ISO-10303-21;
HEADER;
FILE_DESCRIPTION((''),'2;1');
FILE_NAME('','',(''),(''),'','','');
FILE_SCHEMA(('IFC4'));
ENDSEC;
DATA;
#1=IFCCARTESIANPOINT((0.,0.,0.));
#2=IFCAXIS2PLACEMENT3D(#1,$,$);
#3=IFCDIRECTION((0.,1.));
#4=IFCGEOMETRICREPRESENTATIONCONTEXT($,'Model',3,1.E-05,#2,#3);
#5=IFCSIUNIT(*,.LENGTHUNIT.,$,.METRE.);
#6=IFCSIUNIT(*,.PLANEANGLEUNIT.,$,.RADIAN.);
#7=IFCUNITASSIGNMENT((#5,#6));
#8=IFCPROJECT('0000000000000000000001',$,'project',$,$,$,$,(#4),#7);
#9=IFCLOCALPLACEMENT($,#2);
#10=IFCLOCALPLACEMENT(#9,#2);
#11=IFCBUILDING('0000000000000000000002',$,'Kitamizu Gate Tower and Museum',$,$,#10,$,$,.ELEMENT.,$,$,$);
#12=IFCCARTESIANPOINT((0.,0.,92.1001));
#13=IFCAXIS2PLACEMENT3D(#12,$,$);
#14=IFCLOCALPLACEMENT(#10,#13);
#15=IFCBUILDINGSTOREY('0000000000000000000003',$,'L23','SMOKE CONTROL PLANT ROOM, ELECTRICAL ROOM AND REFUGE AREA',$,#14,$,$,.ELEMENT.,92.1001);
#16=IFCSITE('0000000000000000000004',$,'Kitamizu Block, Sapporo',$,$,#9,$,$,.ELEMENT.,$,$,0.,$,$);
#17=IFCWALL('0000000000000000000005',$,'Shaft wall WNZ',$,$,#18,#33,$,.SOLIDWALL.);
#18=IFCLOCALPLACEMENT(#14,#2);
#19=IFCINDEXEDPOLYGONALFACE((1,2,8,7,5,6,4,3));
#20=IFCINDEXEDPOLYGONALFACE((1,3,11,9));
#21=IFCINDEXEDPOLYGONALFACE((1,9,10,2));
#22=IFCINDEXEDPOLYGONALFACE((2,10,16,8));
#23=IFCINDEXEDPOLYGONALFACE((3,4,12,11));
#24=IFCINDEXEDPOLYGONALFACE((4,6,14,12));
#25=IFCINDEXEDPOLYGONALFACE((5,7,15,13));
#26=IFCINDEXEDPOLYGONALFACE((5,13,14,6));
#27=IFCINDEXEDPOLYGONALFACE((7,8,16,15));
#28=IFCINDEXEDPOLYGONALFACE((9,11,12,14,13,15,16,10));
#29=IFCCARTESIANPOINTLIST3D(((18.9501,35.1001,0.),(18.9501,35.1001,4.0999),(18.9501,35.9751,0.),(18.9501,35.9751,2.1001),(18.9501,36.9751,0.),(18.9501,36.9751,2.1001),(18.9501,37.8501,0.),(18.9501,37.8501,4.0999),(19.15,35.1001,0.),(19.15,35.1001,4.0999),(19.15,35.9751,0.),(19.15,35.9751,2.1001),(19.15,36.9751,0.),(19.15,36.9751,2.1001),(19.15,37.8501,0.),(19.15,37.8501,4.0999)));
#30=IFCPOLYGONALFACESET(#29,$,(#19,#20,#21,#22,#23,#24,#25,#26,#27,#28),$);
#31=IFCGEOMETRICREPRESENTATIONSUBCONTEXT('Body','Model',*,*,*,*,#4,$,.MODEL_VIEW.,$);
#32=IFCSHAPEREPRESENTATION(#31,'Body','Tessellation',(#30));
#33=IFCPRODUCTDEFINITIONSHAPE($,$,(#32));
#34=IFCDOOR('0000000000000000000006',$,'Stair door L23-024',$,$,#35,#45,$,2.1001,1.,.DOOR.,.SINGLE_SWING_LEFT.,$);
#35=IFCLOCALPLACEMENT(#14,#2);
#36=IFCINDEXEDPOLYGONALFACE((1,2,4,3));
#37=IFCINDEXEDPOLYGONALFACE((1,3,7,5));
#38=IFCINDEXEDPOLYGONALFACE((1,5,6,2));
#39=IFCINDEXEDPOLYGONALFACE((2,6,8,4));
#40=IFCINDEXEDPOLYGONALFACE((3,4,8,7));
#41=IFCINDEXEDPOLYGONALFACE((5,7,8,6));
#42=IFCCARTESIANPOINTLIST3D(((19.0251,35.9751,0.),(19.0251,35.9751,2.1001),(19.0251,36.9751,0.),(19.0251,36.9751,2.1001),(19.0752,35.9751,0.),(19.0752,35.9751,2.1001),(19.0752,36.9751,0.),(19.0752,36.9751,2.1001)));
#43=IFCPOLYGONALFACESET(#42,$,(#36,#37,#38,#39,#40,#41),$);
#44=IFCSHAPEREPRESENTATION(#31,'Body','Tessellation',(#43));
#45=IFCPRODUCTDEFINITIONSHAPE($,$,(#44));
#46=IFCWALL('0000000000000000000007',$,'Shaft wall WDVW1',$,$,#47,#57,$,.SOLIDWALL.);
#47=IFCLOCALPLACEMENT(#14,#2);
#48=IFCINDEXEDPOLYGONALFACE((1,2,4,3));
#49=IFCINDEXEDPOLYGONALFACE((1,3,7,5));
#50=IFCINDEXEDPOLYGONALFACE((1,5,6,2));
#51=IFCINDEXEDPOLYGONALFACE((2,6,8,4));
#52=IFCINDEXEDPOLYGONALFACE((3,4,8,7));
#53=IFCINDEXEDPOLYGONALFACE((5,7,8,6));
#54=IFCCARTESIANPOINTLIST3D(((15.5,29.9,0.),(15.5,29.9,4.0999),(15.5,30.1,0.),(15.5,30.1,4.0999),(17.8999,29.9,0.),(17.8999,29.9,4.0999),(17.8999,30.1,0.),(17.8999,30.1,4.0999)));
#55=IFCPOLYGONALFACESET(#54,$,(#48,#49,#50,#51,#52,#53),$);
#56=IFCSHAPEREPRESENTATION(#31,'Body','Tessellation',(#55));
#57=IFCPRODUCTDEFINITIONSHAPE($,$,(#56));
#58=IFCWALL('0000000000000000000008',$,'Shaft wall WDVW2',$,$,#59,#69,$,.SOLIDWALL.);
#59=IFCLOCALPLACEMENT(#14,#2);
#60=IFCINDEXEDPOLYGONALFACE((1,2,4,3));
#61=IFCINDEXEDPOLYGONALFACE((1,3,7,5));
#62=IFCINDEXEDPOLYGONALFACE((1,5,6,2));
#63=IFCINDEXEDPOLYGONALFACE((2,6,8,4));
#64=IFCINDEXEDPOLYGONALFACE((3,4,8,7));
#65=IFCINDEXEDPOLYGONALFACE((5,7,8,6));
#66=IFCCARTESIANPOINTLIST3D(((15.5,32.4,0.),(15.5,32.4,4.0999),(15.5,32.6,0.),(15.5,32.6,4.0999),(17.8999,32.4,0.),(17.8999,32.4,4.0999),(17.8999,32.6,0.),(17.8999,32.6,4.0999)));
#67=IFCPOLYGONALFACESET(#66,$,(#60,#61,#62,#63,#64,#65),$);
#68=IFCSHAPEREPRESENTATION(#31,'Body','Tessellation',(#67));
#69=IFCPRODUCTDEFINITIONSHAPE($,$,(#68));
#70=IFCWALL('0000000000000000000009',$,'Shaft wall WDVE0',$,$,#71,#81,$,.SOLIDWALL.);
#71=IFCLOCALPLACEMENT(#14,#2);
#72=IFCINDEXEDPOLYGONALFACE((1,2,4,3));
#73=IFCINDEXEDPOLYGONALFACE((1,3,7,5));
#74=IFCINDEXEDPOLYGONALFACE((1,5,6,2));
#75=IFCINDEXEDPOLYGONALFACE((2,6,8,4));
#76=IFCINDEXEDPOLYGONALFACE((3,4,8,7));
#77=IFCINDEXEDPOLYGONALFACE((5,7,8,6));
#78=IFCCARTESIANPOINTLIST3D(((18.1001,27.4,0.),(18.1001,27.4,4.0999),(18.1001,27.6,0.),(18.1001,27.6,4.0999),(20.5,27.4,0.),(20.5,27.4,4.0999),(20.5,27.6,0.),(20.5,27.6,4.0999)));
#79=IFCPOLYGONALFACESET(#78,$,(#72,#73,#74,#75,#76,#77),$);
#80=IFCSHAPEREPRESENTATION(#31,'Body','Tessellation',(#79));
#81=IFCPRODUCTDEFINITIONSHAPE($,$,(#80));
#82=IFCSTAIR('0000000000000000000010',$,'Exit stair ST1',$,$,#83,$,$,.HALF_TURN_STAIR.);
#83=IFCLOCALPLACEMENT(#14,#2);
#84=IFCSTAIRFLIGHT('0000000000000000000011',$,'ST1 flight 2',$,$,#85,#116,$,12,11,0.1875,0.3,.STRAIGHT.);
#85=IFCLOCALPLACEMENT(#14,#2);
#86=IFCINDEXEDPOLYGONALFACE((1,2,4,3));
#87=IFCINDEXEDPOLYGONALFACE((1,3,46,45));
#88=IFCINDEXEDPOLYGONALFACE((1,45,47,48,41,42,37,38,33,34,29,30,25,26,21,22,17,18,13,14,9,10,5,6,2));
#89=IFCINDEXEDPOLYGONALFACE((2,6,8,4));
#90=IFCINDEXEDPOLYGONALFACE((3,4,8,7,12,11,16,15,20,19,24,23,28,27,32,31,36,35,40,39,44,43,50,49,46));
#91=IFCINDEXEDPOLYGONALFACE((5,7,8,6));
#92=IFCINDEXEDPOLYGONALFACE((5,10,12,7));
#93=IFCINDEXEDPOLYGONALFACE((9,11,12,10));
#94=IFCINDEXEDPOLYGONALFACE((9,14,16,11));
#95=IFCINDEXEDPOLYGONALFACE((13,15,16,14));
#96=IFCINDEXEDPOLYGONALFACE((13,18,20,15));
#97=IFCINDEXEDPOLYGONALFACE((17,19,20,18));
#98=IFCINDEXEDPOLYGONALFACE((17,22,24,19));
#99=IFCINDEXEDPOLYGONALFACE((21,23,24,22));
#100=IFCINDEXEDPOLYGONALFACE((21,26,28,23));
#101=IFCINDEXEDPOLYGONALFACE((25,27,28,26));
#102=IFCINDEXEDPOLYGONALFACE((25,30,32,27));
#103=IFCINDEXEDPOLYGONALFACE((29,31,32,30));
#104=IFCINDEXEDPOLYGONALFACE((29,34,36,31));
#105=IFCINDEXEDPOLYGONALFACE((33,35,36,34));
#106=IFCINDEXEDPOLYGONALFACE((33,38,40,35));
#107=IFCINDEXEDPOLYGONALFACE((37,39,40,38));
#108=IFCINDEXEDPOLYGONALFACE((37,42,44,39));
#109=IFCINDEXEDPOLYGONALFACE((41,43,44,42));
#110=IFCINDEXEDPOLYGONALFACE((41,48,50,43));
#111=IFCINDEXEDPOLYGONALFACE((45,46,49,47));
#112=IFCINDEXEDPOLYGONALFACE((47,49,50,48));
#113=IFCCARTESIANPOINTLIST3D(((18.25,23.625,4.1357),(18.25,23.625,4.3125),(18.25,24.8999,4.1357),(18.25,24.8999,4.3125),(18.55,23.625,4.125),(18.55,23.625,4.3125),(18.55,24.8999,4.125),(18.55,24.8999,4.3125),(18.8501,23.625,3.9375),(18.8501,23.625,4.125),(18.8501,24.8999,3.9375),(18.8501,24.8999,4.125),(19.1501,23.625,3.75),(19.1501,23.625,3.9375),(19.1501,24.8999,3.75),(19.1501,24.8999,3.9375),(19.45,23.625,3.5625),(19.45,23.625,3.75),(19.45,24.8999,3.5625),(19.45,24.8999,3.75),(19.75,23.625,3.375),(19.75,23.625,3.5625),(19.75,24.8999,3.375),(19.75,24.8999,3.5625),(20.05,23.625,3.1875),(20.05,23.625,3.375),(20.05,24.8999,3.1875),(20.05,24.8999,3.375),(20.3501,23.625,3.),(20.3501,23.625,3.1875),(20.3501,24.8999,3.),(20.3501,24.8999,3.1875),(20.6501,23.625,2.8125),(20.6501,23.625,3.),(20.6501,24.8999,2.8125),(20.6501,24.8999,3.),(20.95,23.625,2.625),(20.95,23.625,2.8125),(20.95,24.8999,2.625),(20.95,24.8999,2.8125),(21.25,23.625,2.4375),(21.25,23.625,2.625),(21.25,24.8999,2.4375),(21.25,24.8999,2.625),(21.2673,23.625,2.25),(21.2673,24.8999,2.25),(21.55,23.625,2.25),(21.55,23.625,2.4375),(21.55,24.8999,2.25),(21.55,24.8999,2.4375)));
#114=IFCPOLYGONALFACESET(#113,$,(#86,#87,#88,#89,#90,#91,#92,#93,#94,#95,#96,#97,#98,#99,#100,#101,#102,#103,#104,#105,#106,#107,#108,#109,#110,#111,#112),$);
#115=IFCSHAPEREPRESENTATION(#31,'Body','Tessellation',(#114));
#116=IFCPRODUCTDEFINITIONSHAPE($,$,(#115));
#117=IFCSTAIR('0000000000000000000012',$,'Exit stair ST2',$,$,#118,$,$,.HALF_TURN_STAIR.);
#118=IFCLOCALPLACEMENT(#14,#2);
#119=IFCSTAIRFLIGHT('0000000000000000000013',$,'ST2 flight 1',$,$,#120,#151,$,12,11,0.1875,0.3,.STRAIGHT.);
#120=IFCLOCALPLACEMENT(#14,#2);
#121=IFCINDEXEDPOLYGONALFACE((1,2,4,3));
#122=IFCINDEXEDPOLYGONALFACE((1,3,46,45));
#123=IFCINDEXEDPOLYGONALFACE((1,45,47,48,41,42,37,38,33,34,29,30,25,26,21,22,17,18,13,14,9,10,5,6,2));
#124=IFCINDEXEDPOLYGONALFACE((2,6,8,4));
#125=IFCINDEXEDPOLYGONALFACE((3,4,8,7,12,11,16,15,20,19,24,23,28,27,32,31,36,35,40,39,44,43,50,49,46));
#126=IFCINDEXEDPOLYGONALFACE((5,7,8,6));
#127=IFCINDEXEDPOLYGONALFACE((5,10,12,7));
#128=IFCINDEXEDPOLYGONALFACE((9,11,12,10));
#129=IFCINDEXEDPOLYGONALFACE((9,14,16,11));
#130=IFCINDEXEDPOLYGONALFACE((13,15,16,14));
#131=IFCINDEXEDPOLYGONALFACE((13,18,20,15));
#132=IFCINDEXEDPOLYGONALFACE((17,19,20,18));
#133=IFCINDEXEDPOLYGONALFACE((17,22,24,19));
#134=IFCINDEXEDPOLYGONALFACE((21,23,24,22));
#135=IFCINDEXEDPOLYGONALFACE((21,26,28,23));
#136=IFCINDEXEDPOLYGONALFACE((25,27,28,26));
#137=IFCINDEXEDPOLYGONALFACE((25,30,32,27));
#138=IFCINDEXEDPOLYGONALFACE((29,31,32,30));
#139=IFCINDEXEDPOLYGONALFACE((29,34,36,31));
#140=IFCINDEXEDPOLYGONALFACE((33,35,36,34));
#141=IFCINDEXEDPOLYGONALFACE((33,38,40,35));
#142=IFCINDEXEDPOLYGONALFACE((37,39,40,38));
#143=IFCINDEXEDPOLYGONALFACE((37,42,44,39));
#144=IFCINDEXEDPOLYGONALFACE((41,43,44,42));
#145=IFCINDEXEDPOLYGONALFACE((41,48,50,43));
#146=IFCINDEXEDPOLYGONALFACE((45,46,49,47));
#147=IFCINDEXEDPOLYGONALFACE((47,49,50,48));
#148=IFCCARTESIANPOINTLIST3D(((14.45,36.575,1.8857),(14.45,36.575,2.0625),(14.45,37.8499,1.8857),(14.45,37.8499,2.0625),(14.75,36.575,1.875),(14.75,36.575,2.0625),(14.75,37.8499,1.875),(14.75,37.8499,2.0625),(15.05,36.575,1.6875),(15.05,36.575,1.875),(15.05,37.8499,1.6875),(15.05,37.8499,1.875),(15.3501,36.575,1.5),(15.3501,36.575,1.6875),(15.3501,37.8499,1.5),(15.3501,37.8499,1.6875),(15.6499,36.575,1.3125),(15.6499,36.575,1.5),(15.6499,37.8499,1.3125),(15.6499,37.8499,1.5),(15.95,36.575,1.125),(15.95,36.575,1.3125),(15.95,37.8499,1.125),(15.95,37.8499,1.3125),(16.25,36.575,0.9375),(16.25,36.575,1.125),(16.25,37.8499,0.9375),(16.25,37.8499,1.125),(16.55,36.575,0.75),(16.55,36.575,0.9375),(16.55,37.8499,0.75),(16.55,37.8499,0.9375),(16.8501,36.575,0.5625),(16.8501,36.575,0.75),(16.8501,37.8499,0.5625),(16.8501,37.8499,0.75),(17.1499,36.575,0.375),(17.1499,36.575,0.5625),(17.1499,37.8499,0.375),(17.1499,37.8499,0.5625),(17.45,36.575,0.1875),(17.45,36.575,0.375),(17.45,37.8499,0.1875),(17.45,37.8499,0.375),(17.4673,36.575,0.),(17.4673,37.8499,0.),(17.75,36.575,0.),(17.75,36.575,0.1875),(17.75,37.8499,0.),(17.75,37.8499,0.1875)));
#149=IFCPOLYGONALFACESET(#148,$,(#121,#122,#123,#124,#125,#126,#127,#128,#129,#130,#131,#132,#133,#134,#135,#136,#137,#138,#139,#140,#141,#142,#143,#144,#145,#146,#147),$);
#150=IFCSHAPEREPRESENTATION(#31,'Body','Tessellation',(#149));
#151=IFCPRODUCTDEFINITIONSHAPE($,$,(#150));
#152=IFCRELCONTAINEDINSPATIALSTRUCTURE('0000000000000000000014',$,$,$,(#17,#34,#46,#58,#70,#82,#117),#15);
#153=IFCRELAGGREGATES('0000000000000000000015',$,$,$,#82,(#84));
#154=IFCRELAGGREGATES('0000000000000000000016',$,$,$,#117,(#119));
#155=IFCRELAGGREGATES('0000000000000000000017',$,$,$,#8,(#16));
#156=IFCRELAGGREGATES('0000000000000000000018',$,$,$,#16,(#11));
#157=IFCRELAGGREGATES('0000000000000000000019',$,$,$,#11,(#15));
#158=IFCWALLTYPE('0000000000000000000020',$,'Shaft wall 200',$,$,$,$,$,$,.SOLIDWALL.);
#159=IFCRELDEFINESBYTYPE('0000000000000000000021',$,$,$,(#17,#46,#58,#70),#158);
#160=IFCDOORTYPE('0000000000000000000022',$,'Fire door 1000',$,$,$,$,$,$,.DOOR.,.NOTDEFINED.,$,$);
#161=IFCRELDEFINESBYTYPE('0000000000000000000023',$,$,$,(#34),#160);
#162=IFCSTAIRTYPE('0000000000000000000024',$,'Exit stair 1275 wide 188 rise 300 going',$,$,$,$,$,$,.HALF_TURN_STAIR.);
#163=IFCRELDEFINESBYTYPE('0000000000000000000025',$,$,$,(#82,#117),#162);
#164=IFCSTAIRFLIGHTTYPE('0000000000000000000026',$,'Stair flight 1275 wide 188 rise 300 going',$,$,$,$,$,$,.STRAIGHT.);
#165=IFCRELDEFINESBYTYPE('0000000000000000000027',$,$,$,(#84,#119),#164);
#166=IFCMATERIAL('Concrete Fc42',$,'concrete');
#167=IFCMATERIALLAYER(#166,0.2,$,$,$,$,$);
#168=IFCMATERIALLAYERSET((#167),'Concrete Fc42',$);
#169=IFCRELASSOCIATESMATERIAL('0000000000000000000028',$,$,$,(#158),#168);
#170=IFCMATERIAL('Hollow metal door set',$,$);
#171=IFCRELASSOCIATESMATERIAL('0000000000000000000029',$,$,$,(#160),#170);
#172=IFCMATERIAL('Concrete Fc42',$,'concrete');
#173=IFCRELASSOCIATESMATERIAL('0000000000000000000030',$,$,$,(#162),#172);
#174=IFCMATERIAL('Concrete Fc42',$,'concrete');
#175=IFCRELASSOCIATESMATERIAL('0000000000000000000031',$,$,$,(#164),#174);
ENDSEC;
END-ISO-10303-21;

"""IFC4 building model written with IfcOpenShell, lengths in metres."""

from ifc_helpers import new_model, si_unit, direction, frame, frame_2d, origin, place, context, subcontext, project, spatial, polyline, rectangle, outline, extrude, material, layer, layer_set, type_object, element, fill, aggregate, save


model = new_model("IFC4")

# Units and contexts
model_context = context("Model", 3, precision=1e-05, world=origin(), true_north=direction((0.0, 1.0)))
body_context = subcontext(model_context, "Body", "Model", "MODEL_VIEW")
ifc_project = project(units=[si_unit("LENGTHUNIT", "METRE"), si_unit("PLANEANGLEUNIT", "RADIAN")], contexts=[model_context])

# Site, building, storey
site_placement = place(None, origin())
site = spatial("IfcSite", under=ifc_project, at=site_placement, Name="Kitamizu Block, Sapporo", CompositionType="ELEMENT", RefElevation=0.0)
building_placement = place(site_placement, origin())
building = spatial("IfcBuilding", under=site, at=building_placement, Name="Kitamizu Gate Tower and Museum", CompositionType="ELEMENT")
storey_placement = place(building_placement, frame((0.0, 0.0, 92.1001)))
storey = spatial("IfcBuildingStorey", under=building, at=storey_placement, Name="L23", Description="SMOKE CONTROL PLANT ROOM, ELECTRICAL ROOM AND REFUGE AREA", CompositionType="ELEMENT", Elevation=92.1001)

# Shared definitions
ifc_material_1 = material(Name="Concrete Fc42", Category="concrete")
ifc_layer_1 = layer(ifc_material_1, 0.2)
ifc_layer_set_1 = layer_set([ifc_layer_1], Name="Concrete Fc42")
wall_type_1 = type_object("IfcWallType", Name="Shaft wall 200", PredefinedType="SOLIDWALL", material=ifc_layer_set_1)
ifc_material_2 = material(Name="Hollow metal door set")
door_type_1 = type_object("IfcDoorType", Name="Fire door 1000", OperationType="NOTDEFINED", PredefinedType="DOOR", material=ifc_material_2)

# Wall, opening, door
wall_1_placement = place(storey_placement, frame((19.05, 35.1001, 0.0), z_axis=(0.0, 0.0, 1.0), x_axis=(0.0, 1.0, 0.0)))
wall_1 = element("IfcWall", 1, at=wall_1_placement, inside=storey, type_object=wall_type_1, Name="Shaft wall WNZ", PredefinedType="SOLIDWALL", context=body_context, shape_type="SweptSolid", body=[
    extrude(rectangle(XDim=2.75, YDim=0.2, at=frame_2d((1.375, 0.0))), origin(), (0.0, 0.0, 1.0), 4.0999),
])
opening_1_placement = place(wall_1_placement, frame((0.875, 0.0, 0.0)))
opening_1 = element("IfcOpeningElement", 2, at=opening_1_placement, cuts=wall_1, PredefinedType="OPENING", context=body_context, shape_type="SweptSolid", body=[
    extrude(rectangle(XDim=1.0, YDim=2.1001, at=frame_2d((0.5, 1.05))), frame((0.0, 0.1099, 0.0), z_axis=(0.0, -1.0, 0.0), x_axis=(1.0, 0.0, 0.0)), (0.0, 0.0, 1.0), 0.22),
])
door_1_placement = place(opening_1_placement, origin())
door_1 = element("IfcDoor", 3, at=door_1_placement, inside=storey, type_object=door_type_1, Name="Stair door L23-024", OperationType="SINGLE_SWING_LEFT", OverallHeight=2.1001, OverallWidth=1.0, PredefinedType="DOOR", context=body_context, shape_type="SweptSolid", body=[
    extrude(rectangle(XDim=1.0, YDim=2.1001, at=frame_2d((0.5, 1.05))), frame((0.0, 0.0249, 0.0), z_axis=(0.0, -1.0, 0.0), x_axis=(1.0, 0.0, 0.0)), (0.0, 0.0, 1.0), 0.05),
])
fill(opening_1, door_1)

# Walls
for number, where, z_axis, x_axis, name in (
    (4, (15.5, 30.0, 0.0), (0.0, 0.0, 1.0), (1.0, 0.0, 0.0), "Shaft wall WDVW1"),
    (5, (15.5, 32.5, 0.0), (0.0, 0.0, 1.0), (1.0, 0.0, 0.0), "Shaft wall WDVW2"),
    (6, (18.1001, 27.5, 0.0), (0.0, 0.0, 1.0), (1.0, 0.0, 0.0), "Shaft wall WDVE0"),
):
    element("IfcWall", number, at=place(storey_placement, frame(where, z_axis=z_axis, x_axis=x_axis)), inside=storey, type_object=wall_type_1, Name=name, PredefinedType="SOLIDWALL", context=body_context, shape_type="SweptSolid", body=[
        extrude(rectangle(XDim=2.3999, YDim=0.2, at=frame_2d((1.2, 0.0))), origin(), (0.0, 0.0, 1.0), 4.0999),
    ])

# Stairs, stair flights
ifc_material_3 = material(Name="Concrete Fc42", Category="concrete")
stair_type = type_object("IfcStairType", Name="Exit stair 1275 wide 188 rise 300 going", PredefinedType="HALF_TURN_STAIR", material=ifc_material_3)
stair_1_placement = place(storey_placement, origin())
stair_1 = element("IfcStair", 7, at=stair_1_placement, inside=storey, type_object=stair_type, Name="Exit stair ST1", PredefinedType="HALF_TURN_STAIR")
ifc_material_4 = material(Name="Concrete Fc42", Category="concrete")
stair_flight_type = type_object("IfcStairFlightType", Name="Stair flight 1275 wide 188 rise 300 going", PredefinedType="STRAIGHT", material=ifc_material_4)
stair_flight_1_placement = place(storey_placement, frame((21.55, 24.2625, 2.25), z_axis=(0.0, 0.0, 1.0), x_axis=(-1.0, 0.0, 0.0)))
stair_flight_1 = element("IfcStairFlight", 8, at=stair_flight_1_placement, type_object=stair_flight_type, Name="ST1 flight 2", NumberOfRisers=12, NumberOfTreads=11, PredefinedType="STRAIGHT", RiserHeight=0.1875, TreadLength=0.3, context=body_context, shape_type="SweptSolid", body=[
    extrude(outline(polyline([(0.0, 0.0), (0.0, 0.1875), (0.3, 0.1875), (0.3, 0.375), (0.6001, 0.375), (0.6001, 0.5625), (0.8999, 0.5625), (0.8999, 0.75), (1.2, 0.75), (1.2, 0.9375), (1.5, 0.9375), (1.5, 1.125), (1.8, 1.125), (1.8, 1.3125), (2.1001, 1.3125), (2.1001, 1.5), (2.3999, 1.5), (2.3999, 1.6875), (2.7, 1.6875), (2.7, 1.875), (3.0, 1.875), (3.0, 2.0625), (3.3, 2.0625), (3.3, 2.25), (3.3, 1.8857), (0.2827, 0.0), (0.0, 0.0)])), frame((0.0, 0.6375, 0.0), z_axis=(0.0, -1.0, 0.0), x_axis=(1.0, 0.0, 0.0)), (0.0, 0.0, 1.0), 1.2749),
])
aggregate(stair_1, [stair_flight_1])
stair_2_placement = place(storey_placement, origin())
stair_2 = element("IfcStair", 9, at=stair_2_placement, inside=storey, type_object=stair_type, Name="Exit stair ST2", PredefinedType="HALF_TURN_STAIR")
stair_flight_2_placement = place(storey_placement, frame((17.75, 37.2124, 0.0), z_axis=(0.0, 0.0, 1.0), x_axis=(-1.0, 0.0, 0.0)))
stair_flight_2 = element("IfcStairFlight", 10, at=stair_flight_2_placement, type_object=stair_flight_type, Name="ST2 flight 1", NumberOfRisers=12, NumberOfTreads=11, PredefinedType="STRAIGHT", RiserHeight=0.1875, TreadLength=0.3, context=body_context, shape_type="SweptSolid", body=[
    extrude(outline(polyline([(0.0, 0.0), (0.0, 0.1875), (0.3, 0.1875), (0.3, 0.375), (0.6001, 0.375), (0.6001, 0.5625), (0.8999, 0.5625), (0.8999, 0.75), (1.2, 0.75), (1.2, 0.9375), (1.5, 0.9375), (1.5, 1.125), (1.8, 1.125), (1.8, 1.3125), (2.1001, 1.3125), (2.1001, 1.5), (2.3999, 1.5), (2.3999, 1.6875), (2.7, 1.6875), (2.7, 1.875), (3.0, 1.875), (3.0, 2.0625), (3.3, 2.0625), (3.3, 2.25), (3.3, 1.8857), (0.2827, 0.0), (0.0, 0.0)])), frame((0.0, 0.6375, 0.0), z_axis=(0.0, -1.0, 0.0), x_axis=(1.0, 0.0, 0.0)), (0.0, 0.0, 1.0), 1.2749),
])
aggregate(stair_2, [stair_flight_2])

save(model, "model.ifc")
